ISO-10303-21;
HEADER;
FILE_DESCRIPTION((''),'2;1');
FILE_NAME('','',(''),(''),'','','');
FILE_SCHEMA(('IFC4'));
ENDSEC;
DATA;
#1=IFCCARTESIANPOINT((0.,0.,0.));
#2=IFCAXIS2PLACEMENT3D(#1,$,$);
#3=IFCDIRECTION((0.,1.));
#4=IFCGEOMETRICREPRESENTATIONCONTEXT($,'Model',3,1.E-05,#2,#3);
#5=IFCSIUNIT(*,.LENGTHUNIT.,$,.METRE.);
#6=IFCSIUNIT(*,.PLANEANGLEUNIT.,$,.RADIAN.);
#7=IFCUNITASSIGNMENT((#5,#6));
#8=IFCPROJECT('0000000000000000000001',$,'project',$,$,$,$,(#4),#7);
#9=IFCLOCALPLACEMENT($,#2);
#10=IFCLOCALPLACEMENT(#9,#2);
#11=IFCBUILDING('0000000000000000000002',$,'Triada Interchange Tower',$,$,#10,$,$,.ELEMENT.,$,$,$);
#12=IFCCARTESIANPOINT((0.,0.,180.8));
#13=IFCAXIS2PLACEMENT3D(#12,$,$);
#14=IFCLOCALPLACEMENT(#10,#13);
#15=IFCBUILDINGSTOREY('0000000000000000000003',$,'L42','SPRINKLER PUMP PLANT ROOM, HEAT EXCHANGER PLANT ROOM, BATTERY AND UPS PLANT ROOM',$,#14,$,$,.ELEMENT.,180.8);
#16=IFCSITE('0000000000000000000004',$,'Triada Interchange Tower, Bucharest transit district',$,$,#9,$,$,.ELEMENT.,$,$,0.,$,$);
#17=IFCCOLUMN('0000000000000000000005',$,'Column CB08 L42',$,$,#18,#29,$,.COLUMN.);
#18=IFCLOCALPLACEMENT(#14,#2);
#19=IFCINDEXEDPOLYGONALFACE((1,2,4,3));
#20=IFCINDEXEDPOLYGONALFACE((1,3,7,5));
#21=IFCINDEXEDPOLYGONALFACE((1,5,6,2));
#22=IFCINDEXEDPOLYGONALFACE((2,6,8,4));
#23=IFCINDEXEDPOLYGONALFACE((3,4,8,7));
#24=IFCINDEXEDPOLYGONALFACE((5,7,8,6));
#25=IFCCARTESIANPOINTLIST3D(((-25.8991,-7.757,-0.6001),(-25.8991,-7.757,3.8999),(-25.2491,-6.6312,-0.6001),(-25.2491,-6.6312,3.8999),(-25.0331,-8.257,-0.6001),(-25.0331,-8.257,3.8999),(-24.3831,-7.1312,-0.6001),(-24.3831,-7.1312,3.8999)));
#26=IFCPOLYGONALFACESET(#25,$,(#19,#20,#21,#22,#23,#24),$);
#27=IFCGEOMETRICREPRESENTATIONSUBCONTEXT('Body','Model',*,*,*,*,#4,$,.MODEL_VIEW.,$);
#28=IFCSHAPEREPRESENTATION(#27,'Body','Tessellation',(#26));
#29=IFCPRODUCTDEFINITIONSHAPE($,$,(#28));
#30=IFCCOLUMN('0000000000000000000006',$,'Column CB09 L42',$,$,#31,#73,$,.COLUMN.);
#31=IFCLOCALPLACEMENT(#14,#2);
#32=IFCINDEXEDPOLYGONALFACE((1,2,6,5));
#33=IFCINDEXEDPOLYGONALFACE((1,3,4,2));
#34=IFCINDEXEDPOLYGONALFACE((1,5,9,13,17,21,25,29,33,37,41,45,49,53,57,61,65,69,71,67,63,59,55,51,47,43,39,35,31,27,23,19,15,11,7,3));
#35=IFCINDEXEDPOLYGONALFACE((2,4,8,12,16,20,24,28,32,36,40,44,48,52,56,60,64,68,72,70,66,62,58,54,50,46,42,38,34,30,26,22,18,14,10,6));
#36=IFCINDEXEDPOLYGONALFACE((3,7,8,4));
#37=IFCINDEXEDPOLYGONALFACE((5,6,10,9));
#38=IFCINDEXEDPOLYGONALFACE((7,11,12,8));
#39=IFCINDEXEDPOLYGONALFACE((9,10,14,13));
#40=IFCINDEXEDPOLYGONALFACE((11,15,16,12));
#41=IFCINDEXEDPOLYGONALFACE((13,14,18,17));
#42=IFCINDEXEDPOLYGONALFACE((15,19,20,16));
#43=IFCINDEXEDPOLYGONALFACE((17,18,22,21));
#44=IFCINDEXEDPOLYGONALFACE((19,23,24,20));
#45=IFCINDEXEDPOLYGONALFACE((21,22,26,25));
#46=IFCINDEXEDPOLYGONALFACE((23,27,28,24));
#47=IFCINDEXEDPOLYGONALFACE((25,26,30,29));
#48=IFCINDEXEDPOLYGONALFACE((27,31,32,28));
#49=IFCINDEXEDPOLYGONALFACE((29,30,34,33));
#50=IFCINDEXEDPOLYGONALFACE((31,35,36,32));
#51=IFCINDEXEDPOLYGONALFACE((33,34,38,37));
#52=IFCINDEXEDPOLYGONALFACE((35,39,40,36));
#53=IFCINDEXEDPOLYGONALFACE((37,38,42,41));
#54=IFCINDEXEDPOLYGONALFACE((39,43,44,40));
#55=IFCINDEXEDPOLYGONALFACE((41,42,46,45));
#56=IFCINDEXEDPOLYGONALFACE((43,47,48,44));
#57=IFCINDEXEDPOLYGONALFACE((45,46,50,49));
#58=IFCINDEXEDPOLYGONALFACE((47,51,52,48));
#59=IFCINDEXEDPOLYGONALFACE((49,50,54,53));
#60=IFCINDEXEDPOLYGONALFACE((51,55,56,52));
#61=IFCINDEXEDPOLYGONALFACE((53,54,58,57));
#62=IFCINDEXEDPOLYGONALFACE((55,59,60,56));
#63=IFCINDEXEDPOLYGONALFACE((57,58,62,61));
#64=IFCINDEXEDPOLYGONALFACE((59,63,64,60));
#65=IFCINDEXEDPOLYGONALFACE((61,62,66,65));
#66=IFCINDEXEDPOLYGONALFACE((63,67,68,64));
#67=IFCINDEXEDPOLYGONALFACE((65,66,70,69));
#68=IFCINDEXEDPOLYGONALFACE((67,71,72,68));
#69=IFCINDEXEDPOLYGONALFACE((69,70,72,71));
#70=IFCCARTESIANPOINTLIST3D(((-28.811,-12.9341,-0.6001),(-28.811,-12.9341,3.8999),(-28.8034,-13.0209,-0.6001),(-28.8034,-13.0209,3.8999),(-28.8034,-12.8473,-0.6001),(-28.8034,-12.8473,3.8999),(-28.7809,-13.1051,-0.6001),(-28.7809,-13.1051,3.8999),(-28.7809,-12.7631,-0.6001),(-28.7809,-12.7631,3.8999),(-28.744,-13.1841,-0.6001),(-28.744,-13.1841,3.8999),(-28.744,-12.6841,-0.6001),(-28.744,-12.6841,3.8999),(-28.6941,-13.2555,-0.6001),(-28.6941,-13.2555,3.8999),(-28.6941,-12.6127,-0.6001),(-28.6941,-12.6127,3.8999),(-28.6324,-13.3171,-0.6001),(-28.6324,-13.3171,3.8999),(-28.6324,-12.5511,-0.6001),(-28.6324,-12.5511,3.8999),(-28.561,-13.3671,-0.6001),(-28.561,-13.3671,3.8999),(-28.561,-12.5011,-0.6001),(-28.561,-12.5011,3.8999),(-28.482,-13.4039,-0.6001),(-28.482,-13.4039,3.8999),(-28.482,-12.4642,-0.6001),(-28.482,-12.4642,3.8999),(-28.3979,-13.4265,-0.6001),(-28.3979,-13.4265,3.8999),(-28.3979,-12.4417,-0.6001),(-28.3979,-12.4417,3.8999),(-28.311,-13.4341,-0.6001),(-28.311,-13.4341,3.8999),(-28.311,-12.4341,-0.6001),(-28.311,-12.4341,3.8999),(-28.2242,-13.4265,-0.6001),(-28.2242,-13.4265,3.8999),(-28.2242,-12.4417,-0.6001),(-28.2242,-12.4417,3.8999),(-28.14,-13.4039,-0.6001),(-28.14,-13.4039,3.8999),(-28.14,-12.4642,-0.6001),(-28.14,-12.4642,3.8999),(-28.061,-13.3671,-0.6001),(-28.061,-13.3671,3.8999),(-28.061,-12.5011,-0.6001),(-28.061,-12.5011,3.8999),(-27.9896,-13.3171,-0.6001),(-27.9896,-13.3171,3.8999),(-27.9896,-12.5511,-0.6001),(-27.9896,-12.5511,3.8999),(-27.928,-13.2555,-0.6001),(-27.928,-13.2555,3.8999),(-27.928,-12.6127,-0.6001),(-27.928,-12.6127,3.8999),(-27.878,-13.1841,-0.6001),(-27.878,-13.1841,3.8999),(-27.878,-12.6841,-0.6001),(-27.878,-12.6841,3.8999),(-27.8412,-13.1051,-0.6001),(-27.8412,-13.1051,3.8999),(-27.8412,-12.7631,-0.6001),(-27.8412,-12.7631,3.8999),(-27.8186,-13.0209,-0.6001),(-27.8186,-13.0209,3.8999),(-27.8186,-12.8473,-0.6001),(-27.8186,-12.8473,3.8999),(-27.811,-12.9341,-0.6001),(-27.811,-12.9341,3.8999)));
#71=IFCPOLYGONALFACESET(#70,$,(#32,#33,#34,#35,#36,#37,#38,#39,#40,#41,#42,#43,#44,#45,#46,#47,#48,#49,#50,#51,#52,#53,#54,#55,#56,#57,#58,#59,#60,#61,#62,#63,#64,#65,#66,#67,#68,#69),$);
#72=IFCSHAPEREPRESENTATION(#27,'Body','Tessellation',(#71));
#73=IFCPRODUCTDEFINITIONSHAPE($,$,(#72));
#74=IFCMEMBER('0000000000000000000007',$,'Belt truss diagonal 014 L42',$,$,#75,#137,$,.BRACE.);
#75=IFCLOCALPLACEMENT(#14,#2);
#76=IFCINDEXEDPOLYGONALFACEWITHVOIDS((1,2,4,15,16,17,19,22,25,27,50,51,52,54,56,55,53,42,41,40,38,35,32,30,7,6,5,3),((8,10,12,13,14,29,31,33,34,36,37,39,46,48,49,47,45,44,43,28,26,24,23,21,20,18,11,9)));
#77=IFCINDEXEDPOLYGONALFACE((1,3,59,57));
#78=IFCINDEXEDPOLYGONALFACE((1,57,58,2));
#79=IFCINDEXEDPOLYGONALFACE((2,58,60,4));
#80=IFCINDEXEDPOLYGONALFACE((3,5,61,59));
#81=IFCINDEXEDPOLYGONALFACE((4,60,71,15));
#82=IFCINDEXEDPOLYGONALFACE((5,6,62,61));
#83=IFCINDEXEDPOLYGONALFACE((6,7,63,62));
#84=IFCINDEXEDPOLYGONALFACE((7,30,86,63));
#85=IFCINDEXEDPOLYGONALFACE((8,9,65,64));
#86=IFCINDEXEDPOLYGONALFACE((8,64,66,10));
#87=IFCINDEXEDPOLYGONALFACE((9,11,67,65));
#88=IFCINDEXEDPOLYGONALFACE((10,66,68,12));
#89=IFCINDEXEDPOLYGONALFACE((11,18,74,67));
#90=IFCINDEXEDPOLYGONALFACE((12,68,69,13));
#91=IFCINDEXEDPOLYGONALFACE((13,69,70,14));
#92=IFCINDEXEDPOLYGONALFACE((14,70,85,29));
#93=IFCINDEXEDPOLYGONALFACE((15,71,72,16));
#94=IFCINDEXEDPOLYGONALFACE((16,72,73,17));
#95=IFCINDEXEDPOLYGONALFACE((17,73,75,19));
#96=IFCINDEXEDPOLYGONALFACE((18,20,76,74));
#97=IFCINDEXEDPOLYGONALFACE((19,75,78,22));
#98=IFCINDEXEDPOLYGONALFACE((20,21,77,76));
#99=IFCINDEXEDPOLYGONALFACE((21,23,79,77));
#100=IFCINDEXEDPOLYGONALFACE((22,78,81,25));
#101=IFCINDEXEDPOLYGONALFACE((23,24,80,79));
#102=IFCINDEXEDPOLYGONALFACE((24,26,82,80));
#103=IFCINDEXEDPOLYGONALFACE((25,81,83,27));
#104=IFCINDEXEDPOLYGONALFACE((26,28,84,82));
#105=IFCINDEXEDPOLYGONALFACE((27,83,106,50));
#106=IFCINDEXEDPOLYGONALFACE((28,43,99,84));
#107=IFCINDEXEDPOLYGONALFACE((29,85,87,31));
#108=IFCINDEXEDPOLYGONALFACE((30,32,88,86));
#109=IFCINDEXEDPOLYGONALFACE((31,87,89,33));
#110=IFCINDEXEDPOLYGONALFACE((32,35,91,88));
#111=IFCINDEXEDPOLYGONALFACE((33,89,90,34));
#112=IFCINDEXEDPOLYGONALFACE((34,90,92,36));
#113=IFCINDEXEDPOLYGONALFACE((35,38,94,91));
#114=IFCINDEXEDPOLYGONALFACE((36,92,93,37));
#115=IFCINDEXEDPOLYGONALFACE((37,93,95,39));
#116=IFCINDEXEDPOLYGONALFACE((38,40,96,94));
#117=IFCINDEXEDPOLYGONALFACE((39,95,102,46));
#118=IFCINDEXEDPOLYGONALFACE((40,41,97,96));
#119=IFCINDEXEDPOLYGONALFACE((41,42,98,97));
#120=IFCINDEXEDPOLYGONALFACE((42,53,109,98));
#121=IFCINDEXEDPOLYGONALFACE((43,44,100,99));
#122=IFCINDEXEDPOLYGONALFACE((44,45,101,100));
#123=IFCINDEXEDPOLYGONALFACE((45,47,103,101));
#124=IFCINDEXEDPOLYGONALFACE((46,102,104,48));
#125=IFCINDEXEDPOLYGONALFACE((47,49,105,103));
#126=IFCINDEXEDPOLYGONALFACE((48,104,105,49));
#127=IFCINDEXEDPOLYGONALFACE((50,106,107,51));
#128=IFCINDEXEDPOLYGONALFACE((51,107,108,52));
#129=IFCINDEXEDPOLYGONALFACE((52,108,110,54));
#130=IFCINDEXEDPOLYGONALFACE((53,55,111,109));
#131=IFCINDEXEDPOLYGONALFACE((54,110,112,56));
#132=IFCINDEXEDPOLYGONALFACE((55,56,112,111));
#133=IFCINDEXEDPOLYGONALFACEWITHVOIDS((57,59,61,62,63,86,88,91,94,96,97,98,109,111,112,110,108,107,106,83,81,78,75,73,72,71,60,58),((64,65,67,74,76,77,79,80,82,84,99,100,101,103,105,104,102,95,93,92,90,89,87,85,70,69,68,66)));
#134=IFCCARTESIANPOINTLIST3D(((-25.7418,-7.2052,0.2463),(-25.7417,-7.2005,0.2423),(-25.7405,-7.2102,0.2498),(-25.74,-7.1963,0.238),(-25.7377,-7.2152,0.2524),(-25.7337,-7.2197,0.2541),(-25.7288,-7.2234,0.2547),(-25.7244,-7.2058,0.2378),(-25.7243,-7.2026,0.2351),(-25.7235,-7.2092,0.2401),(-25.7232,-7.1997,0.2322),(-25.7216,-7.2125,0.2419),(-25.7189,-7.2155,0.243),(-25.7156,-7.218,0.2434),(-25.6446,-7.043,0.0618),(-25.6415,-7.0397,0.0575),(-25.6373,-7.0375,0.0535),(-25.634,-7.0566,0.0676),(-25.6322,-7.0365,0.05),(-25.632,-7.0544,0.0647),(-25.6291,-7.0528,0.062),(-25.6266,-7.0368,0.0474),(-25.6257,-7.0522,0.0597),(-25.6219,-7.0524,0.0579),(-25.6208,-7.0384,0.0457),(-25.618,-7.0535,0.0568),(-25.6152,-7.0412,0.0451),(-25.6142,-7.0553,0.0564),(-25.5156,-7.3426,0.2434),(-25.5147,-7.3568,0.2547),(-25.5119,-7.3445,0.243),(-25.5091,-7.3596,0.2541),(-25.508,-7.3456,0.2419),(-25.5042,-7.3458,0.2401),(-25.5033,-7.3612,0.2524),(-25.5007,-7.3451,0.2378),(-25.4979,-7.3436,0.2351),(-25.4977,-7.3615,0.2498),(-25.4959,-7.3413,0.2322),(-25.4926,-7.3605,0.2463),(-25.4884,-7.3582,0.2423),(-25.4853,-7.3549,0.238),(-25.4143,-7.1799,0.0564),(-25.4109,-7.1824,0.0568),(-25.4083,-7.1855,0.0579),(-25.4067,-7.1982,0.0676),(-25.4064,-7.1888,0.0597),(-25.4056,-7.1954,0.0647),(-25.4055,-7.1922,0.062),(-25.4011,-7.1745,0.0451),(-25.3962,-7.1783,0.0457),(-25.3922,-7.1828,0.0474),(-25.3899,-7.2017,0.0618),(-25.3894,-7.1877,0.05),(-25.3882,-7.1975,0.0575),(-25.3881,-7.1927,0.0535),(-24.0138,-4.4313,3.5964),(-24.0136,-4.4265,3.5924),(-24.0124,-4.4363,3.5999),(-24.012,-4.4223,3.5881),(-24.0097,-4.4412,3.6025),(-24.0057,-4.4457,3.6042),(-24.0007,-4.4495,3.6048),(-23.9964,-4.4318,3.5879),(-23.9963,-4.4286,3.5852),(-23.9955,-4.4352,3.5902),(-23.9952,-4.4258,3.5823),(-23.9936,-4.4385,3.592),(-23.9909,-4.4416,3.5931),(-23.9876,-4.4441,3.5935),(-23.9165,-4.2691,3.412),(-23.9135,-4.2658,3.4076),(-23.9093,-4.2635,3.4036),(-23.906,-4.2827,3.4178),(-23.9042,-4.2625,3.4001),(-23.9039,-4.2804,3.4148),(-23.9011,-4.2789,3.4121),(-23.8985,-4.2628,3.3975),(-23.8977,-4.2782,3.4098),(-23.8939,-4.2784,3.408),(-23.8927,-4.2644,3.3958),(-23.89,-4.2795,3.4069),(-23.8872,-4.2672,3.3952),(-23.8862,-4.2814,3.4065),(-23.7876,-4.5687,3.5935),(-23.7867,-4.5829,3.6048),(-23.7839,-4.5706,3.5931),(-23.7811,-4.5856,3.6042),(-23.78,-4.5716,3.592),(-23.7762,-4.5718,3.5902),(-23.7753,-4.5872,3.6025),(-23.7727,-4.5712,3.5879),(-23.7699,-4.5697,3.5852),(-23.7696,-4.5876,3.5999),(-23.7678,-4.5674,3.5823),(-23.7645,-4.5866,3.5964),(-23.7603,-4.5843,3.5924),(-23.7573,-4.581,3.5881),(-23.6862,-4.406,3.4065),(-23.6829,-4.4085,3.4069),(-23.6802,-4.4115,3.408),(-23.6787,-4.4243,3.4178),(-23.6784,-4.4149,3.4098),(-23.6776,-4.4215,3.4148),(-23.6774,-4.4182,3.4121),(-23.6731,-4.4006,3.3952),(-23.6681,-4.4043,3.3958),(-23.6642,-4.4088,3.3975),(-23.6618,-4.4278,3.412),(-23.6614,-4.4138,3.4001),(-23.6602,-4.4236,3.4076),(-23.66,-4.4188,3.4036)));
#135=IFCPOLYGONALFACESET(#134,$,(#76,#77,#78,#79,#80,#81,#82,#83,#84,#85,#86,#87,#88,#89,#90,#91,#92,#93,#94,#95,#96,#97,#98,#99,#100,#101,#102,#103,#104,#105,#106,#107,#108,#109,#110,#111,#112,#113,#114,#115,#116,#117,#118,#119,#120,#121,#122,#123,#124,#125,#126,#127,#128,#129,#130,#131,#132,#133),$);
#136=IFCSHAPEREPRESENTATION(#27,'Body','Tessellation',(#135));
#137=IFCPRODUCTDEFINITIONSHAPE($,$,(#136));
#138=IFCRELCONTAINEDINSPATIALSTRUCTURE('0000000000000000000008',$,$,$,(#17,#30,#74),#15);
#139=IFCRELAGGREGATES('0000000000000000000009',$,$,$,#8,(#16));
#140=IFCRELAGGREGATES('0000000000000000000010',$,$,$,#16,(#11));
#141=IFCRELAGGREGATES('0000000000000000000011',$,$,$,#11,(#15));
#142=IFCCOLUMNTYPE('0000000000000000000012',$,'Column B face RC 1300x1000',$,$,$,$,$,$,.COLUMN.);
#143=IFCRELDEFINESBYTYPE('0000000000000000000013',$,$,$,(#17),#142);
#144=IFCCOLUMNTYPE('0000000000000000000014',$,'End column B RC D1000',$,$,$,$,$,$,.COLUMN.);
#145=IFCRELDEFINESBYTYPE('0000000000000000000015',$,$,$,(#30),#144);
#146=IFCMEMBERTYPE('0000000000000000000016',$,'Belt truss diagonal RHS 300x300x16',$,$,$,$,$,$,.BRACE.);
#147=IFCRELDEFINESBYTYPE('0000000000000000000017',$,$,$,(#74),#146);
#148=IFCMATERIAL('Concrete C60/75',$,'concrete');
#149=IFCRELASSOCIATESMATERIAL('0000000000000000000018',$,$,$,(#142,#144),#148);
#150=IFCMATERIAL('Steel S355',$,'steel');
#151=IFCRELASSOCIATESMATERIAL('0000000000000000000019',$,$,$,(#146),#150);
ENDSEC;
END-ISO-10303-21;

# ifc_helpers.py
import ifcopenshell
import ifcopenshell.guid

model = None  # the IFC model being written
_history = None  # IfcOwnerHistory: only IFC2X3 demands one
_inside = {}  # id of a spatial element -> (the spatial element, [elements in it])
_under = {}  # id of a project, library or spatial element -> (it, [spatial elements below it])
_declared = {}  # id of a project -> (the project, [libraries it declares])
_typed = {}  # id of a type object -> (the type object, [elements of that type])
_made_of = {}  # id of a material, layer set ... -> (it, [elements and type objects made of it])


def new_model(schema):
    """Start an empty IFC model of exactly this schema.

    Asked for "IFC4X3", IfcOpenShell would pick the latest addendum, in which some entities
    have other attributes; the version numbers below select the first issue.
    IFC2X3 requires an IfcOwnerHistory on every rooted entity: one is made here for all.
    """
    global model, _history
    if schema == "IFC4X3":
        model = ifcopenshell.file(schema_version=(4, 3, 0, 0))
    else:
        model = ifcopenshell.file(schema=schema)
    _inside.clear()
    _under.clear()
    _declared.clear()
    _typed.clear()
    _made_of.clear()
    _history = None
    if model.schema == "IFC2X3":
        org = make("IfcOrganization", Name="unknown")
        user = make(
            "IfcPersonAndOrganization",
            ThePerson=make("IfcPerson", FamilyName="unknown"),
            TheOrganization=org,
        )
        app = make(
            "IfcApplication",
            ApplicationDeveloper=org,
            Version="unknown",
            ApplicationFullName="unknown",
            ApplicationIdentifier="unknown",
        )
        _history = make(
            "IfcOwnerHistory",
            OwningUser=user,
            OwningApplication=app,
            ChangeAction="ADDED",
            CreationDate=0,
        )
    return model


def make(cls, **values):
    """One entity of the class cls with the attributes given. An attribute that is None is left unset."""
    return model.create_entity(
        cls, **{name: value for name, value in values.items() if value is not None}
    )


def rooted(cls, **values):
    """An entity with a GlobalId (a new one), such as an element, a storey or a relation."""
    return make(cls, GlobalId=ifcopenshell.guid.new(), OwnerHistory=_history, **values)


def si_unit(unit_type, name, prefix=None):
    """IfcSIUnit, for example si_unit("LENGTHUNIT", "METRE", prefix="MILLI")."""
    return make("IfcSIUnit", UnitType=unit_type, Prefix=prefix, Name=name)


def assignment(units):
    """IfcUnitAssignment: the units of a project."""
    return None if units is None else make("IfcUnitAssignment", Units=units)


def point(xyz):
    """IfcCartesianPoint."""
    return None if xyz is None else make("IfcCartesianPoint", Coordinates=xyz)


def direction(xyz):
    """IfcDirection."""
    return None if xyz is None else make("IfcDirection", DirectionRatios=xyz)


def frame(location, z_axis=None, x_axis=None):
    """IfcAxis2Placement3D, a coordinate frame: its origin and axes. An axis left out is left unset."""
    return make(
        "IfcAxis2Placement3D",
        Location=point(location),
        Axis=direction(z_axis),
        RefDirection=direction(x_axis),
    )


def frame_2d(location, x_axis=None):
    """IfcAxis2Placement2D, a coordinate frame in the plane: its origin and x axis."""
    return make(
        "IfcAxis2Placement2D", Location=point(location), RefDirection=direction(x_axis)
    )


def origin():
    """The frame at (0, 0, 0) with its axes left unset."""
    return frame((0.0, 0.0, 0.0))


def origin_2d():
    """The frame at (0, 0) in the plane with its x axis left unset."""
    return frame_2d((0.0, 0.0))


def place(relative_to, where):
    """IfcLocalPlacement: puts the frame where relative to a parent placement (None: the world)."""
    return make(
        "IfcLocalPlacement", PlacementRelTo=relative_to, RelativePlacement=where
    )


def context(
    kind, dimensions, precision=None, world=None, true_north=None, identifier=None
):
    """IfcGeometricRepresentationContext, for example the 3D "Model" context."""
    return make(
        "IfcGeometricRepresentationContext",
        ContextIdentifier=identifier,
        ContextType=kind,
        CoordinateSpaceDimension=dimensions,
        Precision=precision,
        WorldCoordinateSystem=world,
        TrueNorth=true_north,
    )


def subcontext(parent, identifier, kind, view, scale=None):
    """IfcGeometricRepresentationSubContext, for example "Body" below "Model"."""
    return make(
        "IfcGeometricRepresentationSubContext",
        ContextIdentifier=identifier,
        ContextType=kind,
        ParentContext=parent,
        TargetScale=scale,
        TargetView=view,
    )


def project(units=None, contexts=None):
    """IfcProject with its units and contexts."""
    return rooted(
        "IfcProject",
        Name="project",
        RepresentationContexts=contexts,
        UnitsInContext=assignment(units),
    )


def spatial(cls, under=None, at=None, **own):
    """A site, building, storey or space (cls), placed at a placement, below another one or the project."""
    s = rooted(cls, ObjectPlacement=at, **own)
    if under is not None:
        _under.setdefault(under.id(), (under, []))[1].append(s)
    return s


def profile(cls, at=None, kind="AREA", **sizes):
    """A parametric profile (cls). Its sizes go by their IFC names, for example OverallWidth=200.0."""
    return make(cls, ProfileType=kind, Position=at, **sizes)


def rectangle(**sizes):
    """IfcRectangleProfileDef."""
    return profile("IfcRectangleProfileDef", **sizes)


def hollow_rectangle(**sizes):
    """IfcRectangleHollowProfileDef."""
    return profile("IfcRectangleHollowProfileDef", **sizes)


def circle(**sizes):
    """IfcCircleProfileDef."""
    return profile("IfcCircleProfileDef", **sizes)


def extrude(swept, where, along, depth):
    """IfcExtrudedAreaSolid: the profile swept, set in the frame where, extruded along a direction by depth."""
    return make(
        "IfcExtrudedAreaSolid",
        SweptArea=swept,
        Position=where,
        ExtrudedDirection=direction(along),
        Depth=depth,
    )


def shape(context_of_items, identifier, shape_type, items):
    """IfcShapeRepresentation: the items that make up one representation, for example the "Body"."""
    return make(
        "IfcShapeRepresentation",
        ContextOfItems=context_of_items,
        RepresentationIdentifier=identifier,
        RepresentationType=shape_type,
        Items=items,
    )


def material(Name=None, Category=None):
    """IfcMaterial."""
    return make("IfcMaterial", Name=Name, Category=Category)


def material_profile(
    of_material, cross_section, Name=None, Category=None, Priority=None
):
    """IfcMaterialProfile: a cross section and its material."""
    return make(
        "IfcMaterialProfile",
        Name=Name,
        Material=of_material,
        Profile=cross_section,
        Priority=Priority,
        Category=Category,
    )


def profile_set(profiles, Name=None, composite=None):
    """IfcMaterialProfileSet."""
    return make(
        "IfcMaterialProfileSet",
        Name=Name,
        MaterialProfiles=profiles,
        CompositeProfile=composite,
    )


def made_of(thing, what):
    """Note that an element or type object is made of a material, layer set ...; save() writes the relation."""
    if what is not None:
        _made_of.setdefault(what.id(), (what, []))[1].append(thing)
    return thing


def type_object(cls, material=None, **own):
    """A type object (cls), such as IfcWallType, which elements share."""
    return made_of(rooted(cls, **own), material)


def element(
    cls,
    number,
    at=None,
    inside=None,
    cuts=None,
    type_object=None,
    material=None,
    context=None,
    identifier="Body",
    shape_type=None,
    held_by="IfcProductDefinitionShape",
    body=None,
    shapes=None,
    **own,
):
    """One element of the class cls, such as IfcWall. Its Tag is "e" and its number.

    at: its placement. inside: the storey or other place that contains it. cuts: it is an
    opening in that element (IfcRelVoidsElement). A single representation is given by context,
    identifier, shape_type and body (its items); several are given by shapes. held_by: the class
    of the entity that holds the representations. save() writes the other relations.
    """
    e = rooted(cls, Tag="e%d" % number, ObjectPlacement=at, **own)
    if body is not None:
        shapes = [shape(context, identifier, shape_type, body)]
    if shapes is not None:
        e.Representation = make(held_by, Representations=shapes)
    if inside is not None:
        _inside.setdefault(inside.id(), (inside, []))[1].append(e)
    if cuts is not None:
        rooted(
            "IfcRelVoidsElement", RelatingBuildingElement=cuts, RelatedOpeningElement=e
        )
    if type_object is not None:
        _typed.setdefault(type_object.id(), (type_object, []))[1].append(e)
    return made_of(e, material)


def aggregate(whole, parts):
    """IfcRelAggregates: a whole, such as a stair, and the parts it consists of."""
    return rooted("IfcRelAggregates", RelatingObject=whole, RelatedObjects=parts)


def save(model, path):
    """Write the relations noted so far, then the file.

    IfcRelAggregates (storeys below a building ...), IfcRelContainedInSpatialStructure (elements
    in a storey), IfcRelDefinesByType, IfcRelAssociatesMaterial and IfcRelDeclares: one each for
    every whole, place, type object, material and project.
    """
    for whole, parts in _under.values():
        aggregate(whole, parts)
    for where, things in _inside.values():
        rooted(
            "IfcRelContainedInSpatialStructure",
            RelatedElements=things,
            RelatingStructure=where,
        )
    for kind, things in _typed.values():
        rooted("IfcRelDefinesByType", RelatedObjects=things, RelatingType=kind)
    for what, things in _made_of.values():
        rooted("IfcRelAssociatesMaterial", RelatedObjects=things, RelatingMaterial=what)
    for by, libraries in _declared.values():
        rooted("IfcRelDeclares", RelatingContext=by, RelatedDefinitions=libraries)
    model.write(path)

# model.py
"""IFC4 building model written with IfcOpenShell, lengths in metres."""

from ifc_helpers import new_model, si_unit, direction, frame, origin, origin_2d, place, context, subcontext, project, spatial, rectangle, hollow_rectangle, circle, extrude, material, material_profile, profile_set, type_object, element, save


model = new_model("IFC4")

# Units and contexts
model_context = context("Model", 3, precision=1e-05, world=origin(), true_north=direction((0.0, 1.0)))
body_context = subcontext(model_context, "Body", "Model", "MODEL_VIEW")
ifc_project = project(units=[si_unit("LENGTHUNIT", "METRE"), si_unit("PLANEANGLEUNIT", "RADIAN")], contexts=[model_context])

# Site, building, storey
site_placement = place(None, origin())
site = spatial("IfcSite", under=ifc_project, at=site_placement, Name="Triada Interchange Tower, Bucharest transit district", CompositionType="ELEMENT", RefElevation=0.0)
building_placement = place(site_placement, origin())
building = spatial("IfcBuilding", under=site, at=building_placement, Name="Triada Interchange Tower", CompositionType="ELEMENT")
storey_placement = place(building_placement, frame((0.0, 0.0, 180.8)))
storey = spatial("IfcBuildingStorey", under=building, at=storey_placement, Name="L42", Description="SPRINKLER PUMP PLANT ROOM, HEAT EXCHANGER PLANT ROOM, BATTERY AND UPS PLANT ROOM", CompositionType="ELEMENT", Elevation=180.8)

# Columns
ifc_material_1 = material(Name="Concrete C60/75", Category="concrete")
ifc_material_profile_1 = material_profile(ifc_material_1, rectangle(XDim=1.3, YDim=1.0, at=origin_2d()), Name="RC 1300x1000")
ifc_profile_set_1 = profile_set([ifc_material_profile_1], Name="Concrete C60/75")
column_type_1 = type_object("IfcColumnType", Name="Column B face RC 1300x1000", PredefinedType="COLUMN", material=ifc_profile_set_1)
column_1_placement = place(storey_placement, frame((-25.1411, -7.4441, -0.6001), z_axis=(0.0, 0.0, 1.0), x_axis=(0.5, 0.866025, 0.0)))
element("IfcColumn", 1, at=column_1_placement, inside=storey, type_object=column_type_1, Name="Column CB08 L42", PredefinedType="COLUMN", context=body_context, shape_type="SweptSolid", body=[
    extrude(rectangle(XDim=1.3, YDim=1.0, at=origin_2d()), origin(), (0.0, 0.0, 1.0), 4.5),
])
ifc_material_profile_2 = material_profile(ifc_material_1, circle(Radius=0.5, at=origin_2d()), Name="RC D1000")
ifc_profile_set_2 = profile_set([ifc_material_profile_2], Name="Concrete C60/75")
column_type_2 = type_object("IfcColumnType", Name="End column B RC D1000", PredefinedType="COLUMN", material=ifc_profile_set_2)
column_2_placement = place(storey_placement, frame((-28.311, -12.9341, -0.6001), z_axis=(0.0, 0.0, 1.0), x_axis=(0.5, 0.866025, 0.0)))
element("IfcColumn", 2, at=column_2_placement, inside=storey, type_object=column_type_2, Name="Column CB09 L42", PredefinedType="COLUMN", context=body_context, shape_type="SweptSolid", body=[
    extrude(circle(Radius=0.5, at=origin_2d()), origin(), (0.0, 0.0, 1.0), 4.5),
])

# Member
ifc_material_2 = material(Name="Steel S355", Category="steel")
ifc_material_profile_3 = material_profile(ifc_material_2, hollow_rectangle(XDim=0.3, YDim=0.3, WallThickness=0.0161, InnerFilletRadius=0.0161, OuterFilletRadius=0.0239, at=origin_2d()), Name="RHS 300x300x16")
ifc_profile_set_3 = profile_set([ifc_material_profile_3], Name="Steel S355")
member_type = type_object("IfcMemberType", Name="Belt truss diagonal RHS 300x300x16", PredefinedType="BRACE", material=ifc_profile_set_3)
member_1_placement = place(storey_placement, frame((-25.5649, -7.199, 0.1499), z_axis=(0.369224, 0.592699, 0.715808), x_axis=(-0.848778, 0.528749, 0.0)))
element("IfcMember", 3, at=member_1_placement, inside=storey, type_object=member_type, Name="Belt truss diagonal 014 L42", PredefinedType="BRACE", context=body_context, shape_type="SweptSolid", body=[
    extrude(hollow_rectangle(XDim=0.3, YDim=0.3, WallThickness=0.0161, InnerFilletRadius=0.0161, OuterFilletRadius=0.0239, at=origin_2d()), origin(), (0.0, 0.0, 1.0), 4.6802),
])

save(model, "model.ifc")
